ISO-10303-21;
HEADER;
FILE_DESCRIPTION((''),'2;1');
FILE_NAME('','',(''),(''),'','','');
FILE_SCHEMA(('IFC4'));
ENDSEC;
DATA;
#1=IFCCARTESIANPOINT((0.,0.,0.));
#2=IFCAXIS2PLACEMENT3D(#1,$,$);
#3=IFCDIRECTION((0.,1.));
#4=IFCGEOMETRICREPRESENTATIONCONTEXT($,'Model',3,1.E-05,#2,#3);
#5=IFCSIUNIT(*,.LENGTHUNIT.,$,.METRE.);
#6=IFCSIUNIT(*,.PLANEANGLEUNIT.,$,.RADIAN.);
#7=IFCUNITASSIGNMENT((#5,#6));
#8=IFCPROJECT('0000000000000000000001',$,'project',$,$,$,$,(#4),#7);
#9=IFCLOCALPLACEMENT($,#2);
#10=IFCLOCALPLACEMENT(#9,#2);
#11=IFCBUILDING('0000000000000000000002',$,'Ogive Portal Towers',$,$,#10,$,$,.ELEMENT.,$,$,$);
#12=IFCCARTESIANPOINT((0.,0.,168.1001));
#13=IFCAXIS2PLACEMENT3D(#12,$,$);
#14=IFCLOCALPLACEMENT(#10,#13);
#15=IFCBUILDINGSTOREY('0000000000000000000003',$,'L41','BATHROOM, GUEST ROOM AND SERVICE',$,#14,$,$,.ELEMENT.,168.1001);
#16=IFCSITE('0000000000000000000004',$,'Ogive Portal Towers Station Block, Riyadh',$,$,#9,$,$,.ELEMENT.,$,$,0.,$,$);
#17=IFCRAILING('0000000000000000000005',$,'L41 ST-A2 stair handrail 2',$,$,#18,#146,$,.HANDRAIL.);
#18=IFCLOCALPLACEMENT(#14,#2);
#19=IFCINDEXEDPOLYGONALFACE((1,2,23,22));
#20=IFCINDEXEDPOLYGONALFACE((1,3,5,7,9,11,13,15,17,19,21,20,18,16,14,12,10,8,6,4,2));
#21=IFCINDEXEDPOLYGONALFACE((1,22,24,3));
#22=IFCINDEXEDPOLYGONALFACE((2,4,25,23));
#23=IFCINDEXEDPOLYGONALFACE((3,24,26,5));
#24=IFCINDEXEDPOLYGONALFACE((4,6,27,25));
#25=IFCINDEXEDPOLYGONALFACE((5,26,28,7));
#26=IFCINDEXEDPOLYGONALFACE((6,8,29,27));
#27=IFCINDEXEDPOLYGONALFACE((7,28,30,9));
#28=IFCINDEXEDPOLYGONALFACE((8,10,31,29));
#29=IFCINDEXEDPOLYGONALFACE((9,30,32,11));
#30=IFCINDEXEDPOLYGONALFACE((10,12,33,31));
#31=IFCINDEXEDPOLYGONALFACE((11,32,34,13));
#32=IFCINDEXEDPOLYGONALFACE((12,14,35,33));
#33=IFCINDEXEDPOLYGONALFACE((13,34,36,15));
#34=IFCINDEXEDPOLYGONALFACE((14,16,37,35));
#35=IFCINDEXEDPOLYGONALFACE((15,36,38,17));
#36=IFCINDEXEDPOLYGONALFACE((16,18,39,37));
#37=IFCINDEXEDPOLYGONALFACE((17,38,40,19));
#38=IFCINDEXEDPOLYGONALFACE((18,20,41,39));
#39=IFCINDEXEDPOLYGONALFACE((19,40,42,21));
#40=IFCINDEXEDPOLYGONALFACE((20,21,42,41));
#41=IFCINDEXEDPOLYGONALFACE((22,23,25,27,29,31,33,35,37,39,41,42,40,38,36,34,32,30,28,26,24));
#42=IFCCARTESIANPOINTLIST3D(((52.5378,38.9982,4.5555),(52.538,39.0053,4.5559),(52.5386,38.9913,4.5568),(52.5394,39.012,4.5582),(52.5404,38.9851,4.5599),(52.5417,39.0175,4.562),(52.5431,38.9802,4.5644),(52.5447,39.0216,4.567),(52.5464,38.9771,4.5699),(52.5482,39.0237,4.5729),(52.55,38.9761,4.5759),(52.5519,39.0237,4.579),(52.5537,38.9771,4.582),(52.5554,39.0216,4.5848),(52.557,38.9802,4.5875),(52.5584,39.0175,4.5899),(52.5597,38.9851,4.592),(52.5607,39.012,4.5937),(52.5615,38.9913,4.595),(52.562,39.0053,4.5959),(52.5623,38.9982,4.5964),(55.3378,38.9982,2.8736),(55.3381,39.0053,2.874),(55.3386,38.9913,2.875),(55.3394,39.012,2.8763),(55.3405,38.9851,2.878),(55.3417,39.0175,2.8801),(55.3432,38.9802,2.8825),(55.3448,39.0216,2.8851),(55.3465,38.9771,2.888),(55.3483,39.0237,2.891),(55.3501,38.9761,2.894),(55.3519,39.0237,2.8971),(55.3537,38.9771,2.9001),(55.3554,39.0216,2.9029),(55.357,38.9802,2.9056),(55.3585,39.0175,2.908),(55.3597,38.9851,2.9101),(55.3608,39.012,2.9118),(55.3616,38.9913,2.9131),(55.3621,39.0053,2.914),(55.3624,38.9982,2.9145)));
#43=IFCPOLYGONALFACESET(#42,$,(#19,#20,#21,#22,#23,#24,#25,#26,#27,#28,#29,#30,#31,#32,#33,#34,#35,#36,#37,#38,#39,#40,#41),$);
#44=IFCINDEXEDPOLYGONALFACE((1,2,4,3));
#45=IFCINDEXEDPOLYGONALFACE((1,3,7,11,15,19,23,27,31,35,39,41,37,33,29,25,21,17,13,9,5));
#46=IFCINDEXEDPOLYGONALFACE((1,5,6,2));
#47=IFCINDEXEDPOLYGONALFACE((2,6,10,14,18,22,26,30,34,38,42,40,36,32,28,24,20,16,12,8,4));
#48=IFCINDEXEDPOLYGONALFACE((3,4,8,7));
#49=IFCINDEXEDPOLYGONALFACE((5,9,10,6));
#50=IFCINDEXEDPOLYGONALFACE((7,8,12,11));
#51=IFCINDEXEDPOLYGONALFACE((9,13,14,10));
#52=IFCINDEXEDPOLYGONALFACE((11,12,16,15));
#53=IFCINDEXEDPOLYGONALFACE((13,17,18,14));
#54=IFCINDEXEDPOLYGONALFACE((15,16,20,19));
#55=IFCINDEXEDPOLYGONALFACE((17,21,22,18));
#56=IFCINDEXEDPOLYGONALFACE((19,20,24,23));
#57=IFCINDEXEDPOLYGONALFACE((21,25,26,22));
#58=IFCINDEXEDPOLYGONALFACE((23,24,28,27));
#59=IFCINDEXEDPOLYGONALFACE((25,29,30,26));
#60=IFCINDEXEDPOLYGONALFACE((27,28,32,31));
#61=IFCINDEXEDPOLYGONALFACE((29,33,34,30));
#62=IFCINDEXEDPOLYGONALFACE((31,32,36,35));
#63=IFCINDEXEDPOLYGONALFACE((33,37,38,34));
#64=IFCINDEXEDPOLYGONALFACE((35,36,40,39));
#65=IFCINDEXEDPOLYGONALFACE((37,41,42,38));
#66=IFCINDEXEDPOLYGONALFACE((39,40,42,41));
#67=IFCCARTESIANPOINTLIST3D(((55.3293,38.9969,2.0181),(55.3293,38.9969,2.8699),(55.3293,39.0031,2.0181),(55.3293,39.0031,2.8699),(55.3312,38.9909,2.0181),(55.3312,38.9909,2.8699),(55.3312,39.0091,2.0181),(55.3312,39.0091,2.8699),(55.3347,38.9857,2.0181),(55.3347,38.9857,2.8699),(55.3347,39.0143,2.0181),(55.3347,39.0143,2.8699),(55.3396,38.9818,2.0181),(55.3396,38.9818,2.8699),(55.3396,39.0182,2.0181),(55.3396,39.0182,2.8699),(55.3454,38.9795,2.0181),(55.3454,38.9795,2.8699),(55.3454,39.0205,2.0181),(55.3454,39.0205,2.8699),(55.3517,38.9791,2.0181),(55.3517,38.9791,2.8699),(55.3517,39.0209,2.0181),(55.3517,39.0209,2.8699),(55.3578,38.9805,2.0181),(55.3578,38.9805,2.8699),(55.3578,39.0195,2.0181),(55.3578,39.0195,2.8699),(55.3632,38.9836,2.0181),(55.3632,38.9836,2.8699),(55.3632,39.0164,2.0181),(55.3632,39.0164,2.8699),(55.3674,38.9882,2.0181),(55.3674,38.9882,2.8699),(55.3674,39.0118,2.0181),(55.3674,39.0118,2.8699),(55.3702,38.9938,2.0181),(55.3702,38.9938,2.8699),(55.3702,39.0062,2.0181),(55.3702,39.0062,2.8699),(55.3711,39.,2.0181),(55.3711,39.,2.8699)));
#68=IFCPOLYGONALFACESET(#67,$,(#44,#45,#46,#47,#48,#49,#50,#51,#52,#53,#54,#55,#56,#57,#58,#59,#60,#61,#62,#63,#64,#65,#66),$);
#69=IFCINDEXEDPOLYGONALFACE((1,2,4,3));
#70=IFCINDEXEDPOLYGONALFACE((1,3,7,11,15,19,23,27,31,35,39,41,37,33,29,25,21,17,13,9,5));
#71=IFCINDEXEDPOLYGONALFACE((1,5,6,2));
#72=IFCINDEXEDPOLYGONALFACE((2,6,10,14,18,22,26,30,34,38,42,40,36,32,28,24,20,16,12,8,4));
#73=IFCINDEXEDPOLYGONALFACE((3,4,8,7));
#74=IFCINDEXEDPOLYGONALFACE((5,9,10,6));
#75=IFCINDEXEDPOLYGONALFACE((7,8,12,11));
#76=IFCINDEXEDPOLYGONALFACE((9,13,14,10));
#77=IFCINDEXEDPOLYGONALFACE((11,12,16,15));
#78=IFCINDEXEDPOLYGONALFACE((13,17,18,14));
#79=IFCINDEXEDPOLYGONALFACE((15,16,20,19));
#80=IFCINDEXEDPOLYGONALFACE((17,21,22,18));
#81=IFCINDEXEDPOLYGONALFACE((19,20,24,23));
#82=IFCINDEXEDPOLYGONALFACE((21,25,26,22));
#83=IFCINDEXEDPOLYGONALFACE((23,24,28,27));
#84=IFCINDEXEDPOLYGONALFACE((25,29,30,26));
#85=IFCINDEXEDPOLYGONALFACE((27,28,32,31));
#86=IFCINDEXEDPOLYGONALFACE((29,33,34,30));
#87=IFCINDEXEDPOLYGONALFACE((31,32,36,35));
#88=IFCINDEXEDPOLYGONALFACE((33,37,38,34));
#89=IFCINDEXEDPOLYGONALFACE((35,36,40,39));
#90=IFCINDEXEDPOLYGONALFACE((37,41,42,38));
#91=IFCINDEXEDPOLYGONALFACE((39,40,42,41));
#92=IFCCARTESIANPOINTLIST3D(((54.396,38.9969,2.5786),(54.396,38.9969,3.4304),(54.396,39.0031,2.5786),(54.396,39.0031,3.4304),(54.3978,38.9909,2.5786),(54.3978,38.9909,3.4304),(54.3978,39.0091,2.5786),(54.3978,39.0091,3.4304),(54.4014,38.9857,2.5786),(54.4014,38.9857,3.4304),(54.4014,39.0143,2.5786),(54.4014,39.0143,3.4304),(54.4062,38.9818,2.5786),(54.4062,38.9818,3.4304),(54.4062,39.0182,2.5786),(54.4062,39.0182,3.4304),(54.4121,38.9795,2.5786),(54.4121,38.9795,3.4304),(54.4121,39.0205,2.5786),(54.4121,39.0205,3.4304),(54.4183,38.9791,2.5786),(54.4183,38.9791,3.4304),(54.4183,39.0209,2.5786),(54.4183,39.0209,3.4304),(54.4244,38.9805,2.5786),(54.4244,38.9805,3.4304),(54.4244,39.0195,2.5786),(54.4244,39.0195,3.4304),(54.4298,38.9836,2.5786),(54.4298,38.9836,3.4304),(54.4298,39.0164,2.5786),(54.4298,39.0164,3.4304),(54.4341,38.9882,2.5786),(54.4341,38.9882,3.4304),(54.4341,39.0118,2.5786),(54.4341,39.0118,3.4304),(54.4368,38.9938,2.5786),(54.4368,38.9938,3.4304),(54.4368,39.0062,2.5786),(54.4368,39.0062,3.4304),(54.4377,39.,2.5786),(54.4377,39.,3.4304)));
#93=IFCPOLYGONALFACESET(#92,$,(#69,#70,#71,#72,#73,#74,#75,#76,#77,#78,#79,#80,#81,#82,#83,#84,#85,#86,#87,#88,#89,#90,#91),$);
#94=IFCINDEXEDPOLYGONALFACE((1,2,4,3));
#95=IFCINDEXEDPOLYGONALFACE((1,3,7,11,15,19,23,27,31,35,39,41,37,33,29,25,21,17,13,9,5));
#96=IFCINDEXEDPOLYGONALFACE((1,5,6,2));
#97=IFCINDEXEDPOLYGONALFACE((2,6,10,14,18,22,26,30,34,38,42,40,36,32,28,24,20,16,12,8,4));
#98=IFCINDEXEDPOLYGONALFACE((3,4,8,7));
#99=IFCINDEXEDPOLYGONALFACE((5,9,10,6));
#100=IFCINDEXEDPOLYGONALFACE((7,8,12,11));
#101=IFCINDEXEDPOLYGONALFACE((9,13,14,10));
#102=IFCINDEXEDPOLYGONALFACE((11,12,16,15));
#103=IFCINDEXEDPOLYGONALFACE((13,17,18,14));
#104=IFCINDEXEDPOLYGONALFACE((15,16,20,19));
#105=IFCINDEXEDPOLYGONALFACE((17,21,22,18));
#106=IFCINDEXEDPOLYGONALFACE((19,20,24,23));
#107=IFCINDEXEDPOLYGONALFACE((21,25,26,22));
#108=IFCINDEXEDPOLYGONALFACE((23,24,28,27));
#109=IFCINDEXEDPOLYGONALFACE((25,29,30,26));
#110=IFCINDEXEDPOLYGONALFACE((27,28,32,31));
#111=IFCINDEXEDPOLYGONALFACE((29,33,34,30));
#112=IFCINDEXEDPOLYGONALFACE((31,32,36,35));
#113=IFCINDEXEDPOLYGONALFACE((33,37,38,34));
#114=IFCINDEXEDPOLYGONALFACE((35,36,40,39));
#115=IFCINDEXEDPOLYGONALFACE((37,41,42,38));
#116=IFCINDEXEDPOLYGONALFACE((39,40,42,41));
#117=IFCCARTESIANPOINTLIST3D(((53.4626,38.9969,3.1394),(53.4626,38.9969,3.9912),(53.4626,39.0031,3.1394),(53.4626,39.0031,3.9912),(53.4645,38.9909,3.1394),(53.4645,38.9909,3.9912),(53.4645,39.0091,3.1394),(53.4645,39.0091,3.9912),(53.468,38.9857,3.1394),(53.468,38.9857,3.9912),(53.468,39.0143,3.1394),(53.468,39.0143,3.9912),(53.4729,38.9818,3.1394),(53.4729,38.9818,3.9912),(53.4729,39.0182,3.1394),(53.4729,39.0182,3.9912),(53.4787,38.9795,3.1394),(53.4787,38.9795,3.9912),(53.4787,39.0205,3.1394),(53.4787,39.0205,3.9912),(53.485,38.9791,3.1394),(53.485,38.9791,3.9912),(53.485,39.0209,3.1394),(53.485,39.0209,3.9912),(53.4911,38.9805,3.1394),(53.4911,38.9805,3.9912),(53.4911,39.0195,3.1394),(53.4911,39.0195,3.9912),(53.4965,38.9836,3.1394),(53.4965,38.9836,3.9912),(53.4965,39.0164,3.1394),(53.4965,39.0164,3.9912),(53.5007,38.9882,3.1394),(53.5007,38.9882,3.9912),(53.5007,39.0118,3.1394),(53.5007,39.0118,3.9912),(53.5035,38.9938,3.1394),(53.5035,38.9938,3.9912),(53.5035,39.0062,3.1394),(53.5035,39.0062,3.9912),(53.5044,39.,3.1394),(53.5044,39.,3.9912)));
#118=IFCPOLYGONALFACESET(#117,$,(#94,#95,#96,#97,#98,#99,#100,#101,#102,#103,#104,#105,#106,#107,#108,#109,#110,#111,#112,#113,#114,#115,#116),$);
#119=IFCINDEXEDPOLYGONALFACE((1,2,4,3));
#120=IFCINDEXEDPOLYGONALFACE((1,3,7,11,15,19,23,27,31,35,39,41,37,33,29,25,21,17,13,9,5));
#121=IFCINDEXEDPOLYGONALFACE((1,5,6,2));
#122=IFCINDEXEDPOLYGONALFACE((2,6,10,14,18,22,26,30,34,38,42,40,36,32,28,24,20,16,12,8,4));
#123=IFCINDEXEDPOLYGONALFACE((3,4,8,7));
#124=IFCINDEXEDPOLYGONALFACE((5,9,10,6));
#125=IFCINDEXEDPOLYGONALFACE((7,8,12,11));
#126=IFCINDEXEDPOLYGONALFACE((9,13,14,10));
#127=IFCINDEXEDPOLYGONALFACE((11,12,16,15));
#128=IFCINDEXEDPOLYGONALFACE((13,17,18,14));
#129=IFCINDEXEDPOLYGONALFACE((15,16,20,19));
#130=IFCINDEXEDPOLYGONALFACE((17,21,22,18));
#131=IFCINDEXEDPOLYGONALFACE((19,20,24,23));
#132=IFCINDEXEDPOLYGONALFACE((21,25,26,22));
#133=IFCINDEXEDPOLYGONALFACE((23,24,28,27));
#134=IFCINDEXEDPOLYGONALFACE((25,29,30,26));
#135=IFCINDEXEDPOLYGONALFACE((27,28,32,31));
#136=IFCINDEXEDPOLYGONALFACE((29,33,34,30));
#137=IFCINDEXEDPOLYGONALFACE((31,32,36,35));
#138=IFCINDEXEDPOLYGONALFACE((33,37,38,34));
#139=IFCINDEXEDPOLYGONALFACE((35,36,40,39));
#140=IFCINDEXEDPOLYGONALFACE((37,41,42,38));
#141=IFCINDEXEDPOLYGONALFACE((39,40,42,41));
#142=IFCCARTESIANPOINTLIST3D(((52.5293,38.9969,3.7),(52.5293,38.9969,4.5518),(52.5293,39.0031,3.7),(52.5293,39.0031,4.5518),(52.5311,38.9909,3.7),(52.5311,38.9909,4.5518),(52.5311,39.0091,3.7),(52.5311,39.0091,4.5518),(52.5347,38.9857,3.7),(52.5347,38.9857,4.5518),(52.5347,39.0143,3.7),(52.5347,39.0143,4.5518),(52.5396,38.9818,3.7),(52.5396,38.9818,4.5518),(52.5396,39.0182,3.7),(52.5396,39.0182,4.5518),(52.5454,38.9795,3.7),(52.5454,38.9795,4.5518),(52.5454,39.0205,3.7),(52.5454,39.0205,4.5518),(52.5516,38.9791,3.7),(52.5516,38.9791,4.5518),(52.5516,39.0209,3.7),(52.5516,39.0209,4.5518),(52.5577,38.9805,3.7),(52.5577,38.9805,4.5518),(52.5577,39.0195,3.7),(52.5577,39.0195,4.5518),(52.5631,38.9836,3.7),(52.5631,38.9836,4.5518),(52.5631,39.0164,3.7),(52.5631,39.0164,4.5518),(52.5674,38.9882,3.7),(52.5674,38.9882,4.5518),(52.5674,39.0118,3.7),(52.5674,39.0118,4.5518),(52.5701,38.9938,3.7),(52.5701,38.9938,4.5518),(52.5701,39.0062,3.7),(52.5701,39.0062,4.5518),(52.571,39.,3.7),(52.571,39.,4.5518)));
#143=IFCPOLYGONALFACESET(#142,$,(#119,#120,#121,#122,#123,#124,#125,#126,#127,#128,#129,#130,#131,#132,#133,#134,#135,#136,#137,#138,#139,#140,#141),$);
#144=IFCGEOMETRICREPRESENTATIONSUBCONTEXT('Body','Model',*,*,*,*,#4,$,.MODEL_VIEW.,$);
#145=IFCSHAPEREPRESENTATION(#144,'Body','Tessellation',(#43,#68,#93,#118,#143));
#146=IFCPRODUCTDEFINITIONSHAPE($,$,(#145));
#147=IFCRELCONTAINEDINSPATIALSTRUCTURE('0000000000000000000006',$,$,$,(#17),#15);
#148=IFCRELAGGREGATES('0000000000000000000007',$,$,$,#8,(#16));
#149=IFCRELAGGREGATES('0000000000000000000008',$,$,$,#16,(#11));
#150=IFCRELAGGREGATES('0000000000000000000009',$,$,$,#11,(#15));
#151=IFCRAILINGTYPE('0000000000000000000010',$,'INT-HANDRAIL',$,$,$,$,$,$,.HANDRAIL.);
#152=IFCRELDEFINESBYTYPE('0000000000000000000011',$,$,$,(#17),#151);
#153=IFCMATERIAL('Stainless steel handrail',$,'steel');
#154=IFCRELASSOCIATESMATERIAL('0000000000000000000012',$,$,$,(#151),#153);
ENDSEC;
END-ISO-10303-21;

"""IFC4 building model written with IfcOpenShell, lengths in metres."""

from ifc_helpers import new_model, si_unit, direction, frame, origin, origin_2d, place, context, subcontext, project, spatial, circle, extrude, material, type_object, element, save


model = new_model("IFC4")

# Units and contexts
model_context = context("Model", 3, precision=1e-05, world=origin(), true_north=direction((0.0, 1.0)))
body_context = subcontext(model_context, "Body", "Model", "MODEL_VIEW")
ifc_project = project(units=[si_unit("LENGTHUNIT", "METRE"), si_unit("PLANEANGLEUNIT", "RADIAN")], contexts=[model_context])

# Site, building, storey
site_placement = place(None, origin())
site = spatial("IfcSite", under=ifc_project, at=site_placement, Name="Ogive Portal Towers Station Block, Riyadh", CompositionType="ELEMENT", RefElevation=0.0)
building_placement = place(site_placement, origin())
building = spatial("IfcBuilding", under=site, at=building_placement, Name="Ogive Portal Towers", CompositionType="ELEMENT")
storey_placement = place(building_placement, frame((0.0, 0.0, 168.1001)))
storey = spatial("IfcBuildingStorey", under=building, at=storey_placement, Name="L41", Description="BATHROOM, GUEST ROOM AND SERVICE", CompositionType="ELEMENT", Elevation=168.1001)

# Railing
ifc_material_1 = material(Name="Stainless steel handrail", Category="steel")
railing_type_1 = type_object("IfcRailingType", Name="INT-HANDRAIL", PredefinedType="HANDRAIL", material=ifc_material_1)
railing_1_placement = place(storey_placement, frame((55.3501, 39.0, 2.0181)))
element("IfcRailing", 1, at=railing_1_placement, inside=storey, type_object=railing_type_1, Name="L41 ST-A2 stair handrail 2", PredefinedType="HANDRAIL", context=body_context, shape_type="SweptSolid", body=[
    extrude(circle(Radius=0.0239, at=origin_2d()), frame((0.0, 0.0, 0.876), z_axis=(-0.857242, 0.0, 0.514913), x_axis=(0.0, -1.0, 0.0)), (0.0, 0.0, 1.0), 3.2664),
    extrude(circle(Radius=0.021, at=origin_2d()), origin(), (0.0, 0.0, 1.0), 0.8518),
    extrude(circle(Radius=0.021, at=origin_2d()), frame((-0.9333, 0.0, 0.5605)), (0.0, 0.0, 1.0), 0.8518),
    extrude(circle(Radius=0.021, at=origin_2d()), frame((-1.8667, 0.0, 1.1213)), (0.0, 0.0, 1.0), 0.8518),
    extrude(circle(Radius=0.021, at=origin_2d()), frame((-2.8, 0.0, 1.6819)), (0.0, 0.0, 1.0), 0.8518),
])

save(model, "model.ifc")
